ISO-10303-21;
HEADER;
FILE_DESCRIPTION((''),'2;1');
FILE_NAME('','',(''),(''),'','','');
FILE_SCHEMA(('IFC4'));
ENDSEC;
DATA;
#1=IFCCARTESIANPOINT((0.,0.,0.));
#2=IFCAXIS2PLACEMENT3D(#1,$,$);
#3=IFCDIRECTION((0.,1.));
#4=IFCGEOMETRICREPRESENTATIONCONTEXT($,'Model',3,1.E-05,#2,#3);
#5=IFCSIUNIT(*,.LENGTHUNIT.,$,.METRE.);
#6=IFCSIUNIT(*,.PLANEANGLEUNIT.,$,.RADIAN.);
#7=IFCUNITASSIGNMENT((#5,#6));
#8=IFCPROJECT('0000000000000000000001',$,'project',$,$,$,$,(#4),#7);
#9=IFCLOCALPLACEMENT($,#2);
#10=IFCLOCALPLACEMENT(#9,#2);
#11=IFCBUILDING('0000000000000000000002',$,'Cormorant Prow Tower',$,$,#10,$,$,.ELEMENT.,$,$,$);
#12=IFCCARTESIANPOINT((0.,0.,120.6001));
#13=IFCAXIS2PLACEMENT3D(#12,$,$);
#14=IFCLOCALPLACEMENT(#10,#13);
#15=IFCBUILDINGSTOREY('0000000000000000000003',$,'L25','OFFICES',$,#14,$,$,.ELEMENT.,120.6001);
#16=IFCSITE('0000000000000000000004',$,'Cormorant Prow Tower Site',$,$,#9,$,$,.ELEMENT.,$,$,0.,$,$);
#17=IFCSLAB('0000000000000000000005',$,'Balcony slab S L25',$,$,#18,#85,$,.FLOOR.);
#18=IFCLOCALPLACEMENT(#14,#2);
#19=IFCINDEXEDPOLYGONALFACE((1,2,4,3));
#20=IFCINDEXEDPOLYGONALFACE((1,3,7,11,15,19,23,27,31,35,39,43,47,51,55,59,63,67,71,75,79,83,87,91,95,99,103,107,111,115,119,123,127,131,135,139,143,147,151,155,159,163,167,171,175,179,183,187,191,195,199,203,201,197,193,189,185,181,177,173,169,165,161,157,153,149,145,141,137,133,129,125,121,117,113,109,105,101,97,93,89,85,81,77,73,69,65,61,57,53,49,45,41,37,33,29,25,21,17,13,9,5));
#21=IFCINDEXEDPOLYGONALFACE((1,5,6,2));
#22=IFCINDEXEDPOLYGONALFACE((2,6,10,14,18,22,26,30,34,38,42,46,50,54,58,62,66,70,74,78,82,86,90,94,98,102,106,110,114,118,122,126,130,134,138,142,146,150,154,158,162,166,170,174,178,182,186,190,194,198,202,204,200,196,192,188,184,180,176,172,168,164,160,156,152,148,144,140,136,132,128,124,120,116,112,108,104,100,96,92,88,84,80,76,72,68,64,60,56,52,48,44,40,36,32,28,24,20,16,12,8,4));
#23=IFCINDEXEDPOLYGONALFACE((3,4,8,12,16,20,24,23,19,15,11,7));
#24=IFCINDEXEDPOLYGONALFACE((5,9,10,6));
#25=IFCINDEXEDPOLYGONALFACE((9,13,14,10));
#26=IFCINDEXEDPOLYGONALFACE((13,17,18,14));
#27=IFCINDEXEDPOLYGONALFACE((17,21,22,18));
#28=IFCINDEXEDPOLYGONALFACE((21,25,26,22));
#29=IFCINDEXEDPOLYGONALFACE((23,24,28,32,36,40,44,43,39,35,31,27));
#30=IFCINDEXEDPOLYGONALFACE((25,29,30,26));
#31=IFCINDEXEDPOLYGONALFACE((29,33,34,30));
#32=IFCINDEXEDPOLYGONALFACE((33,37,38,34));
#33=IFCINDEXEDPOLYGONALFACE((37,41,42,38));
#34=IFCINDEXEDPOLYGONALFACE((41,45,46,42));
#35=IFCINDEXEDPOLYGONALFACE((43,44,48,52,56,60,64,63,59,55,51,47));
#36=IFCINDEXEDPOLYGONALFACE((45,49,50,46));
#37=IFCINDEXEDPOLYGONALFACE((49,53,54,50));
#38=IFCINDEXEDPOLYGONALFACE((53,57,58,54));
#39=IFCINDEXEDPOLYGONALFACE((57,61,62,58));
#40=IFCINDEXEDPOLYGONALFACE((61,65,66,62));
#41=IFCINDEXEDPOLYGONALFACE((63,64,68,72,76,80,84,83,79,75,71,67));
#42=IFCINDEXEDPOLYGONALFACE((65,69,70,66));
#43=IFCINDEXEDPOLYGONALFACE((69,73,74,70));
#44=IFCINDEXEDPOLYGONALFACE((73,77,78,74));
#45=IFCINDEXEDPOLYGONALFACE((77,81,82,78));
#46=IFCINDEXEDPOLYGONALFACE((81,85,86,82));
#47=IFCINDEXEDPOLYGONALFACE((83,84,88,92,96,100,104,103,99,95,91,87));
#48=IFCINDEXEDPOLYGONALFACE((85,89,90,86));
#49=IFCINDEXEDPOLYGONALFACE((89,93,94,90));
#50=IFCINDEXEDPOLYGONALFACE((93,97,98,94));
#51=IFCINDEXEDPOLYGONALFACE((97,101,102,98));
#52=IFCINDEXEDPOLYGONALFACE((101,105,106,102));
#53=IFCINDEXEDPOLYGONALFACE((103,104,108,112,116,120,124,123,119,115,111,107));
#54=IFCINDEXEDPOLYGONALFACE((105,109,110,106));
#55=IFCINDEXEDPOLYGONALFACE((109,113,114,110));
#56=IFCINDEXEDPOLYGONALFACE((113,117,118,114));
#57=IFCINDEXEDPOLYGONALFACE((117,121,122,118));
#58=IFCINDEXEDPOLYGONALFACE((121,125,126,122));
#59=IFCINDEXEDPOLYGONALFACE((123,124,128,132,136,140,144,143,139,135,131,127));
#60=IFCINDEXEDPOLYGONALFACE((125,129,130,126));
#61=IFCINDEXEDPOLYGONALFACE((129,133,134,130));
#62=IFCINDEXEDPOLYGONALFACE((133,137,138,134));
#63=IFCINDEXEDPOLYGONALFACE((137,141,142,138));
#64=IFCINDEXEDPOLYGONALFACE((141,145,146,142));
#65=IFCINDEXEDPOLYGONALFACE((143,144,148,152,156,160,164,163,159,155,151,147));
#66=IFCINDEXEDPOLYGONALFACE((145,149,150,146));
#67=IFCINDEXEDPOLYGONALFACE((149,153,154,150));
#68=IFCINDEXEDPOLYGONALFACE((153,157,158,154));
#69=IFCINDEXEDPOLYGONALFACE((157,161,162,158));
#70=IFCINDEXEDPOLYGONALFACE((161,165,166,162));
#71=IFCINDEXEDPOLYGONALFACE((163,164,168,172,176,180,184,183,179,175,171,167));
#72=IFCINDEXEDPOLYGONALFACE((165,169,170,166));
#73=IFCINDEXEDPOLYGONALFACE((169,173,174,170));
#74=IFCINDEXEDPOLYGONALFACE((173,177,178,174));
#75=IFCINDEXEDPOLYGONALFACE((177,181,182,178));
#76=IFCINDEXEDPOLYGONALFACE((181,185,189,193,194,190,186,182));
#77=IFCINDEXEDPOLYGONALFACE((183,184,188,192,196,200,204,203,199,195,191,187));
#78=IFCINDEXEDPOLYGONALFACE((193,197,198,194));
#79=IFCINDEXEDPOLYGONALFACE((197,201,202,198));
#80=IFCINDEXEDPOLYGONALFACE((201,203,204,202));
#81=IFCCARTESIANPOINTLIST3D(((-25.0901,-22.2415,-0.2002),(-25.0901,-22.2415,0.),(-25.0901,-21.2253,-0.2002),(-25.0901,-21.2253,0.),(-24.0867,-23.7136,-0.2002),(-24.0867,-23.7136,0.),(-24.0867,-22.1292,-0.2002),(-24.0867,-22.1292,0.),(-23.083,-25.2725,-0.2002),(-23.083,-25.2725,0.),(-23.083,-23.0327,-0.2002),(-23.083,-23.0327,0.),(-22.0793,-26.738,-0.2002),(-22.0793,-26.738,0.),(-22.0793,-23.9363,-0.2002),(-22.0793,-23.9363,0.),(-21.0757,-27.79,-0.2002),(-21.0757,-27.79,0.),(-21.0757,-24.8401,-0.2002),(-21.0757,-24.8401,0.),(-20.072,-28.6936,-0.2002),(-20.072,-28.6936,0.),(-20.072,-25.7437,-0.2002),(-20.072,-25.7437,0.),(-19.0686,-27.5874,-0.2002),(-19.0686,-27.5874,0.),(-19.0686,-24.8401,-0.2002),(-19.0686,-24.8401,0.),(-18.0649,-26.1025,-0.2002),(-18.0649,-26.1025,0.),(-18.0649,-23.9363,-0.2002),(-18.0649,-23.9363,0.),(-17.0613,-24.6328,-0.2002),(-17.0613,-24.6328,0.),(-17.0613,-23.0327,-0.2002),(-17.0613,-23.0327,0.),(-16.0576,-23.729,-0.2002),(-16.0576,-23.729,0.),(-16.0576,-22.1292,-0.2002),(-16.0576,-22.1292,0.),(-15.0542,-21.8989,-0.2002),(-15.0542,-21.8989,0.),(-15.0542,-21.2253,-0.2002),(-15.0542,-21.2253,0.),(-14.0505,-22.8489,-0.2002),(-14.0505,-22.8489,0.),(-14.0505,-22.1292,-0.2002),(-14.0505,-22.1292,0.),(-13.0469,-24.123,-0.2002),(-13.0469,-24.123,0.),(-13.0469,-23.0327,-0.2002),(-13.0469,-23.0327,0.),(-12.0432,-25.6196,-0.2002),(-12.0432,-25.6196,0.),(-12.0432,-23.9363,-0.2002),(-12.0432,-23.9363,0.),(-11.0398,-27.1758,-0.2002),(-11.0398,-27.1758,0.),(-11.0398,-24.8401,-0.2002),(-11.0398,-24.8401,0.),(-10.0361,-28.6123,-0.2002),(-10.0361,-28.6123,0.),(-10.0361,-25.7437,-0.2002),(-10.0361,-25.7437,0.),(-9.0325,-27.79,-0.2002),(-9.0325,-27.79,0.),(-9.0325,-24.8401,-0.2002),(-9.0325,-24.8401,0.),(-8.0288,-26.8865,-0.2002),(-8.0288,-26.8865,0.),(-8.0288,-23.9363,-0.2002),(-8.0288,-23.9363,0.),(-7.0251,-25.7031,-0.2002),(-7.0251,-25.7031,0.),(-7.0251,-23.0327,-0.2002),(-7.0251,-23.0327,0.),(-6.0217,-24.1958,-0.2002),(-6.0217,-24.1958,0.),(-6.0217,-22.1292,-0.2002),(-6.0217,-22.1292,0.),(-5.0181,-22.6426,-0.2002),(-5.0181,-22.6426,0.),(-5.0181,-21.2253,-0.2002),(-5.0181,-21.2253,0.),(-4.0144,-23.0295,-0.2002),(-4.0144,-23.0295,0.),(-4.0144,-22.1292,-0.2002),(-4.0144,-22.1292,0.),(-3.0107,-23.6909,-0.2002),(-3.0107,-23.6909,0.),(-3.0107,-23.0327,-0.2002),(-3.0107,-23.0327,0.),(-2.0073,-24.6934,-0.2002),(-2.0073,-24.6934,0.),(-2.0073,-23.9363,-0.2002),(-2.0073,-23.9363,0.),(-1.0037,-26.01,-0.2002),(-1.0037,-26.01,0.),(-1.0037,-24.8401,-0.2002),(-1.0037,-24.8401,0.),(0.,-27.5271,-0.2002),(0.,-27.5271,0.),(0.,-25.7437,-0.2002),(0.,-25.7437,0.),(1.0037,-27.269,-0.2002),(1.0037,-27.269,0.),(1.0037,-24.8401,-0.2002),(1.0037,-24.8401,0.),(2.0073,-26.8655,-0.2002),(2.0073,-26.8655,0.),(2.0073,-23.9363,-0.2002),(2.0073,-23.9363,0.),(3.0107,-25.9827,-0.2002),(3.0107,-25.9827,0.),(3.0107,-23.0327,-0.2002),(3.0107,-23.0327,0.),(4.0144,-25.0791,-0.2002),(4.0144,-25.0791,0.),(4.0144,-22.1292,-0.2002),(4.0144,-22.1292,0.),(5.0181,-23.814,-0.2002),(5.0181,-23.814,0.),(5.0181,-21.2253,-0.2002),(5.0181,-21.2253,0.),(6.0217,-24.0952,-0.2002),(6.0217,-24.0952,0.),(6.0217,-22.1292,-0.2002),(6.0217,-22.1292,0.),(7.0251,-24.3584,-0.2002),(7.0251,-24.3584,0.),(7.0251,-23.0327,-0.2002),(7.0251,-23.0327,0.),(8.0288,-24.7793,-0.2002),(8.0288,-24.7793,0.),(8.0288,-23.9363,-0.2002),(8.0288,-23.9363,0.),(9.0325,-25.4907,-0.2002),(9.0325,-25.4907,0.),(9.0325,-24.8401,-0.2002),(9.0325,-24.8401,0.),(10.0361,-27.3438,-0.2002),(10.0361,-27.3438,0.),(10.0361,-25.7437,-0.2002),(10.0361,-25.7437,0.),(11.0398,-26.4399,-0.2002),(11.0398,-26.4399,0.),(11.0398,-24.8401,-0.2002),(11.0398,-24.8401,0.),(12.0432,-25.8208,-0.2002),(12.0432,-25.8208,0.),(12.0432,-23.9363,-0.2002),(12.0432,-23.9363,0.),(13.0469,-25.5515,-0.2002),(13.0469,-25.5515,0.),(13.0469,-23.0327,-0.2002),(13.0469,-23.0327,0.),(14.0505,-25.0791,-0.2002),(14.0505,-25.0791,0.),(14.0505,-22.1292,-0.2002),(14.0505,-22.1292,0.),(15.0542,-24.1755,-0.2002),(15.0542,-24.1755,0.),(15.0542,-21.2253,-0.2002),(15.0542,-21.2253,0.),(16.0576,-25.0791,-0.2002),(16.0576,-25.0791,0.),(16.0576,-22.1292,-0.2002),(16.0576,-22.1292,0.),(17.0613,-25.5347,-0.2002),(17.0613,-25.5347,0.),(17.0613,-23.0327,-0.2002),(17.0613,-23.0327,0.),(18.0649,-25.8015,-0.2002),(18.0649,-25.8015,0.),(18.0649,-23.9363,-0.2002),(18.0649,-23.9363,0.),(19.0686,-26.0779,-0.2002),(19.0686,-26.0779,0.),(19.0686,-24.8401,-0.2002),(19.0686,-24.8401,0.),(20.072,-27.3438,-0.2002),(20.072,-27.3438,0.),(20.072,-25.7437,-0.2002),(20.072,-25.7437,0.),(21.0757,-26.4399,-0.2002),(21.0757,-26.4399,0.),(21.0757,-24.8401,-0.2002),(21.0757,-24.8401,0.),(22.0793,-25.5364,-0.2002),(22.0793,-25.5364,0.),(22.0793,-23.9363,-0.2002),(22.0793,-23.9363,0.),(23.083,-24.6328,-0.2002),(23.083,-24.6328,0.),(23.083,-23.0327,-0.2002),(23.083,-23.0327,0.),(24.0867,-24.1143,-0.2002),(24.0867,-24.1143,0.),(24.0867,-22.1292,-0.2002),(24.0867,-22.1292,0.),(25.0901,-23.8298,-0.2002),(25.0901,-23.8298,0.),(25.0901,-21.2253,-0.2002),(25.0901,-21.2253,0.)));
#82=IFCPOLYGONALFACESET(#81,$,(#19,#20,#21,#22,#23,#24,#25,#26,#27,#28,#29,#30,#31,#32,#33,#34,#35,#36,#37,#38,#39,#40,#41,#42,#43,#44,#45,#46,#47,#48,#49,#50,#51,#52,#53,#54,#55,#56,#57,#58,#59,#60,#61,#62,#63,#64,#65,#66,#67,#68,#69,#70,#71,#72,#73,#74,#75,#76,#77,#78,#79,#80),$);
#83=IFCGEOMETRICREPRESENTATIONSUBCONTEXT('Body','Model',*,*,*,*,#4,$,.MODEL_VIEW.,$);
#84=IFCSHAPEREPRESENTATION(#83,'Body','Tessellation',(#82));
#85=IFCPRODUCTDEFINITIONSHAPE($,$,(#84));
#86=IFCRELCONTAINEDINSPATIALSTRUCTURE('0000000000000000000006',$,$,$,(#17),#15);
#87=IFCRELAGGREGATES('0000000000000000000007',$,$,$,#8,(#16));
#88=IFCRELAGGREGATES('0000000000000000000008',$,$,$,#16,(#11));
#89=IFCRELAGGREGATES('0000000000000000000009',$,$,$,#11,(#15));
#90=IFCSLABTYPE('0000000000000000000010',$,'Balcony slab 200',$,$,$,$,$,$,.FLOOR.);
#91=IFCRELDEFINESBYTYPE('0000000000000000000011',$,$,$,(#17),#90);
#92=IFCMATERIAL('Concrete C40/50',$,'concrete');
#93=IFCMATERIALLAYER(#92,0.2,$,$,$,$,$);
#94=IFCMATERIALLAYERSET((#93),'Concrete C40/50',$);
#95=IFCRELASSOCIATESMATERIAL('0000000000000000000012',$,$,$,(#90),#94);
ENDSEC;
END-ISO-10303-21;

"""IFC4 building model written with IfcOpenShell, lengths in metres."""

from ifc_helpers import new_model, si_unit, direction, frame, origin, place, context, subcontext, project, spatial, polyline, outline, extrude, material, layer, layer_set, type_object, element, save


model = new_model("IFC4")

# Units and contexts
model_context = context("Model", 3, precision=1e-05, world=origin(), true_north=direction((0.0, 1.0)))
body_context = subcontext(model_context, "Body", "Model", "MODEL_VIEW")
ifc_project = project(units=[si_unit("LENGTHUNIT", "METRE"), si_unit("PLANEANGLEUNIT", "RADIAN")], contexts=[model_context])

# Site, building, storey
site_placement = place(None, origin())
site = spatial("IfcSite", under=ifc_project, at=site_placement, Name="Cormorant Prow Tower Site", CompositionType="ELEMENT", RefElevation=0.0)
building_placement = place(site_placement, origin())
building = spatial("IfcBuilding", under=site, at=building_placement, Name="Cormorant Prow Tower", CompositionType="ELEMENT")
storey_placement = place(building_placement, frame((0.0, 0.0, 120.6001)))
storey = spatial("IfcBuildingStorey", under=building, at=storey_placement, Name="L25", Description="OFFICES", CompositionType="ELEMENT", Elevation=120.6001)

# Slab
ifc_material_1 = material(Name="Concrete C40/50", Category="concrete")
ifc_layer_1 = layer(ifc_material_1, 0.2)
ifc_layer_set_1 = layer_set([ifc_layer_1], Name="Concrete C40/50")
slab_type_1 = type_object("IfcSlabType", Name="Balcony slab 200", PredefinedType="FLOOR", material=ifc_layer_set_1)
slab_1_placement = place(storey_placement, frame((0.0, 0.0, -0.2002)))
element("IfcSlab", 1, at=slab_1_placement, inside=storey, type_object=slab_type_1, Name="Balcony slab S L25", PredefinedType="FLOOR", context=body_context, shape_type="SweptSolid", body=[
    extrude(outline(polyline([(-25.0901, -21.2253), (-25.0901, -22.2415), (-24.0867, -23.7136), (-23.083, -25.2725), (-22.0793, -26.738), (-21.0757, -27.79), (-20.072, -28.6936), (-19.0686, -27.5874), (-18.0649, -26.1025), (-17.0613, -24.6328), (-16.0576, -23.729), (-15.0542, -21.8989), (-14.0505, -22.8489), (-13.0469, -24.123), (-12.0432, -25.6196), (-11.0398, -27.1758), (-10.0361, -28.6123), (-9.0325, -27.79), (-8.0288, -26.8865), (-7.0251, -25.7031), (-6.0217, -24.1958), (-5.0181, -22.6426), (-4.0144, -23.0295), (-3.0107, -23.6909), (-2.0073, -24.6934), (-1.0037, -26.01), (0.0, -27.5271), (1.0037, -27.269), (2.0073, -26.8655), (3.0107, -25.9827), (4.0144, -25.0791), (5.0181, -23.814), (6.0217, -24.0952), (7.0251, -24.3584), (8.0288, -24.7793), (9.0325, -25.4907), (10.0361, -27.3438), (11.0398, -26.4399), (12.0432, -25.8208), (13.0469, -25.5515), (14.0505, -25.0791), (15.0542, -24.1755), (16.0576, -25.0791), (17.0613, -25.5347), (18.0649, -25.8015), (19.0686, -26.0779), (20.072, -27.3438), (21.0757, -26.4399), (22.0793, -25.5364), (23.083, -24.6328), (24.0867, -24.1143), (25.0901, -23.8298), (25.0901, -21.2253), (24.0867, -22.1292), (23.083, -23.0327), (22.0793, -23.9363), (21.0757, -24.8401), (20.072, -25.7437), (19.0686, -24.8401), (18.0649, -23.9363), (17.0613, -23.0327), (16.0576, -22.1292), (15.0542, -21.2253), (14.0505, -22.1292), (13.0469, -23.0327), (12.0432, -23.9363), (11.0398, -24.8401), (10.0361, -25.7437), (9.0325, -24.8401), (8.0288, -23.9363), (7.0251, -23.0327), (6.0217, -22.1292), (5.0181, -21.2253), (4.0144, -22.1292), (3.0107, -23.0327), (2.0073, -23.9363), (1.0037, -24.8401), (0.0, -25.7437), (-1.0037, -24.8401), (-2.0073, -23.9363), (-3.0107, -23.0327), (-4.0144, -22.1292), (-5.0181, -21.2253), (-6.0217, -22.1292), (-7.0251, -23.0327), (-8.0288, -23.9363), (-9.0325, -24.8401), (-10.0361, -25.7437), (-11.0398, -24.8401), (-12.0432, -23.9363), (-13.0469, -23.0327), (-14.0505, -22.1292), (-15.0542, -21.2253), (-16.0576, -22.1292), (-17.0613, -23.0327), (-18.0649, -23.9363), (-19.0686, -24.8401), (-20.072, -25.7437), (-21.0757, -24.8401), (-22.0793, -23.9363), (-23.083, -23.0327), (-24.0867, -22.1292), (-25.0901, -21.2253)])), origin(), (0.0, 0.0, 1.0), 0.2002),
])

save(model, "model.ifc")
